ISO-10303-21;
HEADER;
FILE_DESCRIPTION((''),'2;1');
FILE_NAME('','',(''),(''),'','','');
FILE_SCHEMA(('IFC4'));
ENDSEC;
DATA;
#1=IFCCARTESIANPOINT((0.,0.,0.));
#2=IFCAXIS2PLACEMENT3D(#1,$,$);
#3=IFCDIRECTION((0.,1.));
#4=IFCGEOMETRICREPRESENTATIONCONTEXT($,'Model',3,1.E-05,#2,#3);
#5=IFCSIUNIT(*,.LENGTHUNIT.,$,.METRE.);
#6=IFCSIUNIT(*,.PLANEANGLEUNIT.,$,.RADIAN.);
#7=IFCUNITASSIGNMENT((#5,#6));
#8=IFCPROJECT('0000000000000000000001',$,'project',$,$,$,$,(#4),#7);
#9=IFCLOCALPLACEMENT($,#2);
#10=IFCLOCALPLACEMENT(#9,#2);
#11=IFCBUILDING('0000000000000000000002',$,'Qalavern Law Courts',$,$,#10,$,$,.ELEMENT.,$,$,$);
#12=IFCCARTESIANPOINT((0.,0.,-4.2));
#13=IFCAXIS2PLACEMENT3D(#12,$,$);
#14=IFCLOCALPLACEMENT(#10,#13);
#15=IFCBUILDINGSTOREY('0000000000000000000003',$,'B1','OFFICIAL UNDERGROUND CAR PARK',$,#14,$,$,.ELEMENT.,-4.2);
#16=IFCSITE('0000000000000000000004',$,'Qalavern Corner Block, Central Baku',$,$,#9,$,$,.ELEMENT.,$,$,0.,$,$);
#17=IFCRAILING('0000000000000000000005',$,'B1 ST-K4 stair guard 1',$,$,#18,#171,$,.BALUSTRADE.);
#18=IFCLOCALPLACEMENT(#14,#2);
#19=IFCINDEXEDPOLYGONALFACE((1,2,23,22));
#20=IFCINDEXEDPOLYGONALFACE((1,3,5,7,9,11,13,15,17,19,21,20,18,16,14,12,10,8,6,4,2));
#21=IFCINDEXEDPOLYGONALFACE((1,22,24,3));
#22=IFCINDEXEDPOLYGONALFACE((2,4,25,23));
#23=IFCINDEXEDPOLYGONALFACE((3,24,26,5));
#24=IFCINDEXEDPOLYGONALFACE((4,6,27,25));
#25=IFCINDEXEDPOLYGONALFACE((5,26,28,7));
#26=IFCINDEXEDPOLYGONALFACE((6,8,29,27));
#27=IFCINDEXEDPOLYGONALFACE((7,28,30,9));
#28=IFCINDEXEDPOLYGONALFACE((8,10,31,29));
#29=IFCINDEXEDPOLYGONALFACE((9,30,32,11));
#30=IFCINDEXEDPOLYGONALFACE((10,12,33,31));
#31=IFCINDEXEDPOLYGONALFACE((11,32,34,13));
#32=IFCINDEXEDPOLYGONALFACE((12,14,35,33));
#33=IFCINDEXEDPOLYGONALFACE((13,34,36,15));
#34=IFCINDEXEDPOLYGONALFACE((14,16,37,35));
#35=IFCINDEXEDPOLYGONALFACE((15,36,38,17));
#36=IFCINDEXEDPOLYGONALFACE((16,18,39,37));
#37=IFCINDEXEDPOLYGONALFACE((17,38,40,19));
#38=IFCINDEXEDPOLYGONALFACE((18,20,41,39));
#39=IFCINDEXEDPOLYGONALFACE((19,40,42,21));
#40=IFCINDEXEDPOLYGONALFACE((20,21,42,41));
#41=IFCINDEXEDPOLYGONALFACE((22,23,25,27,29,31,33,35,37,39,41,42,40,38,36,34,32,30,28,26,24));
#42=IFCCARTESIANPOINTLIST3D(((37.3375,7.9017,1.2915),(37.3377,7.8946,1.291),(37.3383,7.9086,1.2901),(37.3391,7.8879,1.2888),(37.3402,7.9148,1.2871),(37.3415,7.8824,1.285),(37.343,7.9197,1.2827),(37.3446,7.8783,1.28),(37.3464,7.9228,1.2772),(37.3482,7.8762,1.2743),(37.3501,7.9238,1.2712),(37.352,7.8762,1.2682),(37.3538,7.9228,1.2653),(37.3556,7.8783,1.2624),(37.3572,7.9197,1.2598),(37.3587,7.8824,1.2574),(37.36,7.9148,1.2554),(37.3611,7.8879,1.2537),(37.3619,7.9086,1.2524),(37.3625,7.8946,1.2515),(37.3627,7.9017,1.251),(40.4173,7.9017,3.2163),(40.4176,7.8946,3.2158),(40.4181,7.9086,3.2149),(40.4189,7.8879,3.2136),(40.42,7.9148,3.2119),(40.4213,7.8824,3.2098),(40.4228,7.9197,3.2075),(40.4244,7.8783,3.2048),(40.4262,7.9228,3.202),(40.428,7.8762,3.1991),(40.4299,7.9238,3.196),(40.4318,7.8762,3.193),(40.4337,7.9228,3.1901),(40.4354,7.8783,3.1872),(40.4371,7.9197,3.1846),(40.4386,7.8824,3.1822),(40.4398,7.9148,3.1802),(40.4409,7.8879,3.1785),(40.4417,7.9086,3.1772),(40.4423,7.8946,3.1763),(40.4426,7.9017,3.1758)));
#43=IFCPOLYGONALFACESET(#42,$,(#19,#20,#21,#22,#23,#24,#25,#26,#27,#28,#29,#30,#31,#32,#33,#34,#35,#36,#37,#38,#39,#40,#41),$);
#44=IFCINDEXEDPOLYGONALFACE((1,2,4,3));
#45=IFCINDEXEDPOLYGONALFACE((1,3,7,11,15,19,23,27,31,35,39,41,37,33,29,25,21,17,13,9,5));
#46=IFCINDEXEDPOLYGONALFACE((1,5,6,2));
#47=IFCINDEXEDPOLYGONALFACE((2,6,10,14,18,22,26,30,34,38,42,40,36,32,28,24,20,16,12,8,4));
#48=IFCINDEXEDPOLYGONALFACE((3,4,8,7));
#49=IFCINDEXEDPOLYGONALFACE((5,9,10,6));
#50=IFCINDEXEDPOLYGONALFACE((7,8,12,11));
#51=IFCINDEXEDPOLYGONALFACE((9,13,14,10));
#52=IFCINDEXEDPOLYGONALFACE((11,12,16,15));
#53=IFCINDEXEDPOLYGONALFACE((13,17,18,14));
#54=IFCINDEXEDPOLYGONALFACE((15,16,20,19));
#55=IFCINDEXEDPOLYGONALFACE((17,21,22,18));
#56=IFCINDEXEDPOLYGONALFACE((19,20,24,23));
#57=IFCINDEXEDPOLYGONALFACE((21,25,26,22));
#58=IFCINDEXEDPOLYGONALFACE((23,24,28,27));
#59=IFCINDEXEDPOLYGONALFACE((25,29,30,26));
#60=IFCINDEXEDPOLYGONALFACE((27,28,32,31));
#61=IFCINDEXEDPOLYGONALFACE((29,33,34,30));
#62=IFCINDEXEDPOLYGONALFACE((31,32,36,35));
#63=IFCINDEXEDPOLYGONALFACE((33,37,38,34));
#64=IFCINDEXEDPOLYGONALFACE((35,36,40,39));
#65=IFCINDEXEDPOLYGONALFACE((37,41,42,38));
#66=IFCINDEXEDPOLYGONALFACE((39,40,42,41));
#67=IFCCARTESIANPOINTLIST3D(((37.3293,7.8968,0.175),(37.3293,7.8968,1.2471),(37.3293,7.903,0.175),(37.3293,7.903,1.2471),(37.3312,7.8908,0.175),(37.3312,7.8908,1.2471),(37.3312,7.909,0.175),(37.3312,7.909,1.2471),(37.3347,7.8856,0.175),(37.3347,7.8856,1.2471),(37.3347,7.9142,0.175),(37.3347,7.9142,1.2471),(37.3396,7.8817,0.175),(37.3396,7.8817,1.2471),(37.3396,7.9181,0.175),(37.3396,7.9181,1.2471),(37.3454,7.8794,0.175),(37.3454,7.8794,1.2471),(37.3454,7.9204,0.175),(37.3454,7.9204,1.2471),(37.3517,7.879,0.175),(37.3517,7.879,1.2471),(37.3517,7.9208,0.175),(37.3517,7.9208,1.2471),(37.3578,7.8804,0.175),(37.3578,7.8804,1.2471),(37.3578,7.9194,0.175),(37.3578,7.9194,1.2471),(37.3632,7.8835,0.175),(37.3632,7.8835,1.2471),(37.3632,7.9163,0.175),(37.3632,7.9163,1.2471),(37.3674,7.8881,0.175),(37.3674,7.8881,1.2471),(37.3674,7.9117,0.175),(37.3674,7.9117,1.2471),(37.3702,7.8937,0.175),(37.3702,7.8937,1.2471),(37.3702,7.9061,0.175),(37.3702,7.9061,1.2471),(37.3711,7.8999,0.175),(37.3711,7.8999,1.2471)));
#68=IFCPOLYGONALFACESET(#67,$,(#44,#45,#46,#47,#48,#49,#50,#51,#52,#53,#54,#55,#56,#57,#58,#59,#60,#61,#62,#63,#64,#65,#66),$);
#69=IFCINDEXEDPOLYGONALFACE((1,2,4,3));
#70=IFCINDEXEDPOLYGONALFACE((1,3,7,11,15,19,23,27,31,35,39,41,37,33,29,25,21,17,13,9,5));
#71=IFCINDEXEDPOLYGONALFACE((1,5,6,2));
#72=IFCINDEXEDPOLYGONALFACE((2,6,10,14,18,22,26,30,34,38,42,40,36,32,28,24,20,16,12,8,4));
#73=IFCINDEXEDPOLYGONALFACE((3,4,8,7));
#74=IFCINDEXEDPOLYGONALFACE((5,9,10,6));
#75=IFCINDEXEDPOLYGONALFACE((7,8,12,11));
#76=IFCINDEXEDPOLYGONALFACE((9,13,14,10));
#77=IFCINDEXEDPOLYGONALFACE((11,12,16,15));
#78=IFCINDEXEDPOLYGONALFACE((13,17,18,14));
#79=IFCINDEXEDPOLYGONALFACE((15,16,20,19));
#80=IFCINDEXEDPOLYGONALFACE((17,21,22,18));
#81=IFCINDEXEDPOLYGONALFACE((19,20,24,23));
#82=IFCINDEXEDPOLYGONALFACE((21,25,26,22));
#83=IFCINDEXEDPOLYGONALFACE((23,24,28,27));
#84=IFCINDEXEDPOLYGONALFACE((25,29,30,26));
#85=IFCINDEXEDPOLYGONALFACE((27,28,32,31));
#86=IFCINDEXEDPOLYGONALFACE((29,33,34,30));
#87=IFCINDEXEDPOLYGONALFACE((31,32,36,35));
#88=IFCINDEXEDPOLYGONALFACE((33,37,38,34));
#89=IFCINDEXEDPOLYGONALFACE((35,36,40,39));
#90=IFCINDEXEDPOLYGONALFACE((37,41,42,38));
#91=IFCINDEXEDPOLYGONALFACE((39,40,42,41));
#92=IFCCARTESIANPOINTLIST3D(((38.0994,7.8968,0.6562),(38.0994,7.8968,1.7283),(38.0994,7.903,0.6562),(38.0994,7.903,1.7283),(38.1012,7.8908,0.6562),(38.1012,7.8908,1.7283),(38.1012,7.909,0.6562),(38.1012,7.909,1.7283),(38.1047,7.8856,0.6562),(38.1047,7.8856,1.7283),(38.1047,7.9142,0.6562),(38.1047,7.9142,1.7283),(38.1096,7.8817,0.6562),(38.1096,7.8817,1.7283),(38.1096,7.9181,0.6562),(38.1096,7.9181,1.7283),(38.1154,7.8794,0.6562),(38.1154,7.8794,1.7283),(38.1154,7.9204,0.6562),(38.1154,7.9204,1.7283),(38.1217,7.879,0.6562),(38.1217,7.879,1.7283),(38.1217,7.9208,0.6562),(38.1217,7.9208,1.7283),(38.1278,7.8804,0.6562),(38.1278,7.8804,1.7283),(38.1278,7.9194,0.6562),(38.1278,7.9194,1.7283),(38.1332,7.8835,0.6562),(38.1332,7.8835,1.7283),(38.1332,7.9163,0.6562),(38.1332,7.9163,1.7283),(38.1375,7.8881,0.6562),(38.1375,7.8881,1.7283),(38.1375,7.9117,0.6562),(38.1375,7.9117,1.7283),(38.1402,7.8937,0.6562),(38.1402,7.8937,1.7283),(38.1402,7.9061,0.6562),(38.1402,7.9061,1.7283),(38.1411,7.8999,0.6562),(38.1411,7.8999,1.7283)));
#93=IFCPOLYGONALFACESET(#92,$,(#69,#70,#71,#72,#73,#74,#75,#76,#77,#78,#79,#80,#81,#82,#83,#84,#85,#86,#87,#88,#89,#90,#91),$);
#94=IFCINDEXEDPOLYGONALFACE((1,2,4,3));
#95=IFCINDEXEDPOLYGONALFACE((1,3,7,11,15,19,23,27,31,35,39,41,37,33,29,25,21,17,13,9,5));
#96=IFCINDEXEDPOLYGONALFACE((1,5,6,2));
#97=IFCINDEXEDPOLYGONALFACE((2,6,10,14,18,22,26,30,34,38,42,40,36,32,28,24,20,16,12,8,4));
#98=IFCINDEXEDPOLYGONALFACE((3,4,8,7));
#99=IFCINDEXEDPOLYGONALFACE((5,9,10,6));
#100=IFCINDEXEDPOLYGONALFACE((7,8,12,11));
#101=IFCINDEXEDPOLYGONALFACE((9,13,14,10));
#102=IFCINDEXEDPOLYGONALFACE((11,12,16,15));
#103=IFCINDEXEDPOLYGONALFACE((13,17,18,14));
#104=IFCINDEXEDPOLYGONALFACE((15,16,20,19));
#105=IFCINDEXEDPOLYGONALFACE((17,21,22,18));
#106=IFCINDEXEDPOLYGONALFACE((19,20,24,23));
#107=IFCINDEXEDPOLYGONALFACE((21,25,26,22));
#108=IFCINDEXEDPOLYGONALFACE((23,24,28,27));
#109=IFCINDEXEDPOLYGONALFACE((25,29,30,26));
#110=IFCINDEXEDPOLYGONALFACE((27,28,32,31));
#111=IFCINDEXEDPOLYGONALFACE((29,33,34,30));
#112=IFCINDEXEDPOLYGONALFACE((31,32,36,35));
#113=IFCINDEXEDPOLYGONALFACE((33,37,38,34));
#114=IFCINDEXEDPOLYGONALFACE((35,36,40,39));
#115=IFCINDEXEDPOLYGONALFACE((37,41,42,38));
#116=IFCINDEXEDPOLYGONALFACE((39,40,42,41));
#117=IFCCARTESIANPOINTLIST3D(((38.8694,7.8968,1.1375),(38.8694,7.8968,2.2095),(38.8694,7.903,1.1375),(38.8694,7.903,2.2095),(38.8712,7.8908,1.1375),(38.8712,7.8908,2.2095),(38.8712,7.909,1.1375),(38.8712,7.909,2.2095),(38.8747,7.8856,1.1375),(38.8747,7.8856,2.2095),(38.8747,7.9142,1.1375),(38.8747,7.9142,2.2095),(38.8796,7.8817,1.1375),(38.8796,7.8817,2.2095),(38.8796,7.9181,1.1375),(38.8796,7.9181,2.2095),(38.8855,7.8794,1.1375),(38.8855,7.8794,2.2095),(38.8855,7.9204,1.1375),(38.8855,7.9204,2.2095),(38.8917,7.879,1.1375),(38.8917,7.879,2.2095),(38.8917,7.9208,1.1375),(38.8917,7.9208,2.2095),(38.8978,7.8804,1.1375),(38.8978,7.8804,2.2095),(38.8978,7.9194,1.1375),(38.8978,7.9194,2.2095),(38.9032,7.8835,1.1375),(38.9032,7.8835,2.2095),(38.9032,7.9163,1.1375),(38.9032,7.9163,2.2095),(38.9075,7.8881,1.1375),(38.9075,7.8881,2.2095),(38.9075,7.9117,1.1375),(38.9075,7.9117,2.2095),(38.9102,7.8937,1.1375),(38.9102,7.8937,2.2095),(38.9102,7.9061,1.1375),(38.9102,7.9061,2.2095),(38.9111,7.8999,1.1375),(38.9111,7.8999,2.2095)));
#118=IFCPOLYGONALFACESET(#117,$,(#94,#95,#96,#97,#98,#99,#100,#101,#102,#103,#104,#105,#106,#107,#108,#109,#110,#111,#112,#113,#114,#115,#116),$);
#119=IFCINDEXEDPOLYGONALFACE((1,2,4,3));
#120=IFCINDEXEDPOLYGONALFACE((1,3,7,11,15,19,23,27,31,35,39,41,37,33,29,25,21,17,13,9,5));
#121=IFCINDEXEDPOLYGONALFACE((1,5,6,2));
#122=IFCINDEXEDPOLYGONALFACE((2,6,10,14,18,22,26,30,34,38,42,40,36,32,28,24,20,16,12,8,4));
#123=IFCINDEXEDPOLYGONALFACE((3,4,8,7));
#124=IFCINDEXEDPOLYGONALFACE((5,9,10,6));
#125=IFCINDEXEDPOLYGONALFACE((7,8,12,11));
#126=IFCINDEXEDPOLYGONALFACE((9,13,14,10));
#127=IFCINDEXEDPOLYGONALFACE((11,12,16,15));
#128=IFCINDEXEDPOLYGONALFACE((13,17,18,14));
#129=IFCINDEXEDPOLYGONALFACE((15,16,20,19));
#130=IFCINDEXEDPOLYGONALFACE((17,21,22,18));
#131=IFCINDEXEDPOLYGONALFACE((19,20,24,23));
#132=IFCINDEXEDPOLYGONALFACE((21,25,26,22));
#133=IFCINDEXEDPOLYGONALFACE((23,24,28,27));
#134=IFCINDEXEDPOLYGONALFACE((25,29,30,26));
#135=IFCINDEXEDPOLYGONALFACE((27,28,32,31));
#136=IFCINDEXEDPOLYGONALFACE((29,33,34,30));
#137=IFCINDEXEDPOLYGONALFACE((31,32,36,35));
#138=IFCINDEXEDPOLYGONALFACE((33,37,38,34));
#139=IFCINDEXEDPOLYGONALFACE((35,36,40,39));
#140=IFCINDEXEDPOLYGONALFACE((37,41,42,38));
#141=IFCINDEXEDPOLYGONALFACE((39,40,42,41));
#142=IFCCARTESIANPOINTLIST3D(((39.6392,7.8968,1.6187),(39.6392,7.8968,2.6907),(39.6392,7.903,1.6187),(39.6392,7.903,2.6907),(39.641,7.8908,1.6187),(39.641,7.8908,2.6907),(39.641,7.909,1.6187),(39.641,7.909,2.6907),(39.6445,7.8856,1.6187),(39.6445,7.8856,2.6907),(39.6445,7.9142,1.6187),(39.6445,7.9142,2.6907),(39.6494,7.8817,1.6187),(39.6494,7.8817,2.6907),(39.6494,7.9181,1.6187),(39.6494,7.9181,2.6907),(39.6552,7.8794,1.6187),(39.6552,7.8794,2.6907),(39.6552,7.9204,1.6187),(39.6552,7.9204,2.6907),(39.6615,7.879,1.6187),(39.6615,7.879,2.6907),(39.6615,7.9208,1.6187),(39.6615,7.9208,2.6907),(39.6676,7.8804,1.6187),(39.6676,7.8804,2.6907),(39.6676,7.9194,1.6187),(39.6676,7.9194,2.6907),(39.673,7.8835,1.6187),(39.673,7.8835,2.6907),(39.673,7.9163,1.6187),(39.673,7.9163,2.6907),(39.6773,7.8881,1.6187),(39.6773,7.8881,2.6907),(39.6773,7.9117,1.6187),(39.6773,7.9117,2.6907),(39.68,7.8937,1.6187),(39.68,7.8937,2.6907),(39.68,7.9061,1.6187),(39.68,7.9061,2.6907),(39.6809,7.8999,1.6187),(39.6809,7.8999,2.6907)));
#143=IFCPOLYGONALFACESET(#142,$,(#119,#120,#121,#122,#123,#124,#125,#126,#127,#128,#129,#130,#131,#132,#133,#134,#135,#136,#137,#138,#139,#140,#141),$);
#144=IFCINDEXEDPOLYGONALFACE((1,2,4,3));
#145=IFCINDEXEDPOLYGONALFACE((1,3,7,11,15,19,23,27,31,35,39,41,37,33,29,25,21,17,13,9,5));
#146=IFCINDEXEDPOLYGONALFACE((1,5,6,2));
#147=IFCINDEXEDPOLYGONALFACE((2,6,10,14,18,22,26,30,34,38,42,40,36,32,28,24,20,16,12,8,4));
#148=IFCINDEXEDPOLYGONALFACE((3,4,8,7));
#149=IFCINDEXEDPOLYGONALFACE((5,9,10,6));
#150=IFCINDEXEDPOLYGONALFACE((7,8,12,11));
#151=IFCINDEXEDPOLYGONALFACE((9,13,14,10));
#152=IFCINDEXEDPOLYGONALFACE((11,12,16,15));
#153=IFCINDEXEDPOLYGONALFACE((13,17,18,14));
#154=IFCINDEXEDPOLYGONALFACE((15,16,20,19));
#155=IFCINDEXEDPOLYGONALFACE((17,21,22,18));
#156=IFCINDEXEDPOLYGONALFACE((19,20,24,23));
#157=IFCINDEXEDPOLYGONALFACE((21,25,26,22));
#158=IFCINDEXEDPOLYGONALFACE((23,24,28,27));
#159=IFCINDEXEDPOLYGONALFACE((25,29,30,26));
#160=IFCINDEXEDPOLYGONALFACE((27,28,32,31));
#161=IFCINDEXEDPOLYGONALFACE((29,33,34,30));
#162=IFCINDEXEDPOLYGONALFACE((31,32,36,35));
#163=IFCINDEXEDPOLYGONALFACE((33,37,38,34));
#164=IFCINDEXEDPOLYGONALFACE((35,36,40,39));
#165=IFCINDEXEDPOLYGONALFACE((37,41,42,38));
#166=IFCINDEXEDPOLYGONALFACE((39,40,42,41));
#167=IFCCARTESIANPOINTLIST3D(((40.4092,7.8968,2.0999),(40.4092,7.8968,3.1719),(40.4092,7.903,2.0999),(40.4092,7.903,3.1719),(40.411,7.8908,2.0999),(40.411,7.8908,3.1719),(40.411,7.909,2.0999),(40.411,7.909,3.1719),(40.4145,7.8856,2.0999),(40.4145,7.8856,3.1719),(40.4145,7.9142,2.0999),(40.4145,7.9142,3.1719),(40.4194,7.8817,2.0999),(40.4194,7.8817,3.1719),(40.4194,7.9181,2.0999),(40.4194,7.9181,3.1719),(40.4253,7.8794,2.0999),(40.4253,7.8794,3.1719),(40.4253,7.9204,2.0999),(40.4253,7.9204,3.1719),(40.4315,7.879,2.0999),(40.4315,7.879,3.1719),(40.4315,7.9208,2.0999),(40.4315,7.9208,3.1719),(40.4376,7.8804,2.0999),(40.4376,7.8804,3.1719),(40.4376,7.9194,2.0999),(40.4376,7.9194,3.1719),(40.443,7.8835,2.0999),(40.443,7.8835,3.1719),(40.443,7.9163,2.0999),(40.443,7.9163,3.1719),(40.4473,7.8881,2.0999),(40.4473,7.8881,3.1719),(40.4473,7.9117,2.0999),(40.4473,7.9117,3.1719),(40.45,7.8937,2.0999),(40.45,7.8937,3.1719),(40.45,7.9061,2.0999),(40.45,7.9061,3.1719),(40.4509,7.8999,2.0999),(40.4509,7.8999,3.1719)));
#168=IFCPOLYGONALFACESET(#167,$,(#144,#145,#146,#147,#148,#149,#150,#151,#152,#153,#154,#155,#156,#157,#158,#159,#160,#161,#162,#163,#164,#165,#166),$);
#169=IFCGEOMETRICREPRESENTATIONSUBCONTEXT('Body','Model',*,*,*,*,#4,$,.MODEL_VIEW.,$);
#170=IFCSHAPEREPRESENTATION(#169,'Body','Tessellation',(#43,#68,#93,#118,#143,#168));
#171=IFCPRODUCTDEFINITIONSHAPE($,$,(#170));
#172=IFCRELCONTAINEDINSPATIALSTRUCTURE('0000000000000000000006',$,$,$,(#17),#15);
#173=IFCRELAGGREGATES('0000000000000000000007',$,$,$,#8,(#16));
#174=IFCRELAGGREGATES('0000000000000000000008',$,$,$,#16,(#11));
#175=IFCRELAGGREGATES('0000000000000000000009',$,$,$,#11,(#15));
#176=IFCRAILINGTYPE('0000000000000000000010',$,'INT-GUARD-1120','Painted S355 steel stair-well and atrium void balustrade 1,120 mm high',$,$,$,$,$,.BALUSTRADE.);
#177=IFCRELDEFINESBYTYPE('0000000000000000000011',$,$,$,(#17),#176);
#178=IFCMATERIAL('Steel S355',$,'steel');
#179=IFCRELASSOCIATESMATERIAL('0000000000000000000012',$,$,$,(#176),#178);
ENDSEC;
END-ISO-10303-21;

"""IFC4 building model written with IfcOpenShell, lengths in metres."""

from ifc_helpers import new_model, si_unit, direction, frame, origin, origin_2d, place, context, subcontext, project, spatial, circle, extrude, material, type_object, element, save


model = new_model("IFC4")

# Units and contexts
model_context = context("Model", 3, precision=1e-05, world=origin(), true_north=direction((0.0, 1.0)))
body_context = subcontext(model_context, "Body", "Model", "MODEL_VIEW")
ifc_project = project(units=[si_unit("LENGTHUNIT", "METRE"), si_unit("PLANEANGLEUNIT", "RADIAN")], contexts=[model_context])

# Site, building, storey
site_placement = place(None, origin())
site = spatial("IfcSite", under=ifc_project, at=site_placement, Name="Qalavern Corner Block, Central Baku", CompositionType="ELEMENT", RefElevation=0.0)
building_placement = place(site_placement, origin())
building = spatial("IfcBuilding", under=site, at=building_placement, Name="Qalavern Law Courts", CompositionType="ELEMENT")
storey_placement = place(building_placement, frame((0.0, 0.0, -4.2)))
storey = spatial("IfcBuildingStorey", under=building, at=storey_placement, Name="B1", Description="OFFICIAL UNDERGROUND CAR PARK", CompositionType="ELEMENT", Elevation=-4.2)

# Shared definitions
ifc_material_1 = material(Name="Steel S355", Category="steel")

# Railing
railing_type_1 = type_object("IfcRailingType", Name="INT-GUARD-1120", Description="Painted S355 steel stair-well and atrium void balustrade 1,120 mm high", PredefinedType="BALUSTRADE", material=ifc_material_1)
railing_1_placement = place(storey_placement, frame((37.3501, 7.8999, 0.175)))
element("IfcRailing", 1, at=railing_1_placement, inside=storey, type_object=railing_type_1, Name="B1 ST-K4 stair guard 1", PredefinedType="BALUSTRADE", context=body_context, shape_type="SweptSolid", body=[
    extrude(circle(Radius=0.0239, at=origin_2d()), frame((0.0, 0.0, 1.0962), z_axis=(0.84801, 0.0, 0.529981), x_axis=(0.0, 1.0, 0.0)), (0.0, 0.0, 1.0), 3.6318),
    extrude(circle(Radius=0.021, at=origin_2d()), origin(), (0.0, 0.0, 1.0), 1.072),
    extrude(circle(Radius=0.021, at=origin_2d()), frame((0.77, 0.0, 0.4812)), (0.0, 0.0, 1.0), 1.072),
    extrude(circle(Radius=0.021, at=origin_2d()), frame((1.54, 0.0, 0.9624)), (0.0, 0.0, 1.0), 1.072),
    extrude(circle(Radius=0.021, at=origin_2d()), frame((2.3098, 0.0, 1.4436)), (0.0, 0.0, 1.0), 1.072),
    extrude(circle(Radius=0.021, at=origin_2d()), frame((3.0798, 0.0, 1.9248)), (0.0, 0.0, 1.0), 1.072),
])

save(model, "model.ifc")
